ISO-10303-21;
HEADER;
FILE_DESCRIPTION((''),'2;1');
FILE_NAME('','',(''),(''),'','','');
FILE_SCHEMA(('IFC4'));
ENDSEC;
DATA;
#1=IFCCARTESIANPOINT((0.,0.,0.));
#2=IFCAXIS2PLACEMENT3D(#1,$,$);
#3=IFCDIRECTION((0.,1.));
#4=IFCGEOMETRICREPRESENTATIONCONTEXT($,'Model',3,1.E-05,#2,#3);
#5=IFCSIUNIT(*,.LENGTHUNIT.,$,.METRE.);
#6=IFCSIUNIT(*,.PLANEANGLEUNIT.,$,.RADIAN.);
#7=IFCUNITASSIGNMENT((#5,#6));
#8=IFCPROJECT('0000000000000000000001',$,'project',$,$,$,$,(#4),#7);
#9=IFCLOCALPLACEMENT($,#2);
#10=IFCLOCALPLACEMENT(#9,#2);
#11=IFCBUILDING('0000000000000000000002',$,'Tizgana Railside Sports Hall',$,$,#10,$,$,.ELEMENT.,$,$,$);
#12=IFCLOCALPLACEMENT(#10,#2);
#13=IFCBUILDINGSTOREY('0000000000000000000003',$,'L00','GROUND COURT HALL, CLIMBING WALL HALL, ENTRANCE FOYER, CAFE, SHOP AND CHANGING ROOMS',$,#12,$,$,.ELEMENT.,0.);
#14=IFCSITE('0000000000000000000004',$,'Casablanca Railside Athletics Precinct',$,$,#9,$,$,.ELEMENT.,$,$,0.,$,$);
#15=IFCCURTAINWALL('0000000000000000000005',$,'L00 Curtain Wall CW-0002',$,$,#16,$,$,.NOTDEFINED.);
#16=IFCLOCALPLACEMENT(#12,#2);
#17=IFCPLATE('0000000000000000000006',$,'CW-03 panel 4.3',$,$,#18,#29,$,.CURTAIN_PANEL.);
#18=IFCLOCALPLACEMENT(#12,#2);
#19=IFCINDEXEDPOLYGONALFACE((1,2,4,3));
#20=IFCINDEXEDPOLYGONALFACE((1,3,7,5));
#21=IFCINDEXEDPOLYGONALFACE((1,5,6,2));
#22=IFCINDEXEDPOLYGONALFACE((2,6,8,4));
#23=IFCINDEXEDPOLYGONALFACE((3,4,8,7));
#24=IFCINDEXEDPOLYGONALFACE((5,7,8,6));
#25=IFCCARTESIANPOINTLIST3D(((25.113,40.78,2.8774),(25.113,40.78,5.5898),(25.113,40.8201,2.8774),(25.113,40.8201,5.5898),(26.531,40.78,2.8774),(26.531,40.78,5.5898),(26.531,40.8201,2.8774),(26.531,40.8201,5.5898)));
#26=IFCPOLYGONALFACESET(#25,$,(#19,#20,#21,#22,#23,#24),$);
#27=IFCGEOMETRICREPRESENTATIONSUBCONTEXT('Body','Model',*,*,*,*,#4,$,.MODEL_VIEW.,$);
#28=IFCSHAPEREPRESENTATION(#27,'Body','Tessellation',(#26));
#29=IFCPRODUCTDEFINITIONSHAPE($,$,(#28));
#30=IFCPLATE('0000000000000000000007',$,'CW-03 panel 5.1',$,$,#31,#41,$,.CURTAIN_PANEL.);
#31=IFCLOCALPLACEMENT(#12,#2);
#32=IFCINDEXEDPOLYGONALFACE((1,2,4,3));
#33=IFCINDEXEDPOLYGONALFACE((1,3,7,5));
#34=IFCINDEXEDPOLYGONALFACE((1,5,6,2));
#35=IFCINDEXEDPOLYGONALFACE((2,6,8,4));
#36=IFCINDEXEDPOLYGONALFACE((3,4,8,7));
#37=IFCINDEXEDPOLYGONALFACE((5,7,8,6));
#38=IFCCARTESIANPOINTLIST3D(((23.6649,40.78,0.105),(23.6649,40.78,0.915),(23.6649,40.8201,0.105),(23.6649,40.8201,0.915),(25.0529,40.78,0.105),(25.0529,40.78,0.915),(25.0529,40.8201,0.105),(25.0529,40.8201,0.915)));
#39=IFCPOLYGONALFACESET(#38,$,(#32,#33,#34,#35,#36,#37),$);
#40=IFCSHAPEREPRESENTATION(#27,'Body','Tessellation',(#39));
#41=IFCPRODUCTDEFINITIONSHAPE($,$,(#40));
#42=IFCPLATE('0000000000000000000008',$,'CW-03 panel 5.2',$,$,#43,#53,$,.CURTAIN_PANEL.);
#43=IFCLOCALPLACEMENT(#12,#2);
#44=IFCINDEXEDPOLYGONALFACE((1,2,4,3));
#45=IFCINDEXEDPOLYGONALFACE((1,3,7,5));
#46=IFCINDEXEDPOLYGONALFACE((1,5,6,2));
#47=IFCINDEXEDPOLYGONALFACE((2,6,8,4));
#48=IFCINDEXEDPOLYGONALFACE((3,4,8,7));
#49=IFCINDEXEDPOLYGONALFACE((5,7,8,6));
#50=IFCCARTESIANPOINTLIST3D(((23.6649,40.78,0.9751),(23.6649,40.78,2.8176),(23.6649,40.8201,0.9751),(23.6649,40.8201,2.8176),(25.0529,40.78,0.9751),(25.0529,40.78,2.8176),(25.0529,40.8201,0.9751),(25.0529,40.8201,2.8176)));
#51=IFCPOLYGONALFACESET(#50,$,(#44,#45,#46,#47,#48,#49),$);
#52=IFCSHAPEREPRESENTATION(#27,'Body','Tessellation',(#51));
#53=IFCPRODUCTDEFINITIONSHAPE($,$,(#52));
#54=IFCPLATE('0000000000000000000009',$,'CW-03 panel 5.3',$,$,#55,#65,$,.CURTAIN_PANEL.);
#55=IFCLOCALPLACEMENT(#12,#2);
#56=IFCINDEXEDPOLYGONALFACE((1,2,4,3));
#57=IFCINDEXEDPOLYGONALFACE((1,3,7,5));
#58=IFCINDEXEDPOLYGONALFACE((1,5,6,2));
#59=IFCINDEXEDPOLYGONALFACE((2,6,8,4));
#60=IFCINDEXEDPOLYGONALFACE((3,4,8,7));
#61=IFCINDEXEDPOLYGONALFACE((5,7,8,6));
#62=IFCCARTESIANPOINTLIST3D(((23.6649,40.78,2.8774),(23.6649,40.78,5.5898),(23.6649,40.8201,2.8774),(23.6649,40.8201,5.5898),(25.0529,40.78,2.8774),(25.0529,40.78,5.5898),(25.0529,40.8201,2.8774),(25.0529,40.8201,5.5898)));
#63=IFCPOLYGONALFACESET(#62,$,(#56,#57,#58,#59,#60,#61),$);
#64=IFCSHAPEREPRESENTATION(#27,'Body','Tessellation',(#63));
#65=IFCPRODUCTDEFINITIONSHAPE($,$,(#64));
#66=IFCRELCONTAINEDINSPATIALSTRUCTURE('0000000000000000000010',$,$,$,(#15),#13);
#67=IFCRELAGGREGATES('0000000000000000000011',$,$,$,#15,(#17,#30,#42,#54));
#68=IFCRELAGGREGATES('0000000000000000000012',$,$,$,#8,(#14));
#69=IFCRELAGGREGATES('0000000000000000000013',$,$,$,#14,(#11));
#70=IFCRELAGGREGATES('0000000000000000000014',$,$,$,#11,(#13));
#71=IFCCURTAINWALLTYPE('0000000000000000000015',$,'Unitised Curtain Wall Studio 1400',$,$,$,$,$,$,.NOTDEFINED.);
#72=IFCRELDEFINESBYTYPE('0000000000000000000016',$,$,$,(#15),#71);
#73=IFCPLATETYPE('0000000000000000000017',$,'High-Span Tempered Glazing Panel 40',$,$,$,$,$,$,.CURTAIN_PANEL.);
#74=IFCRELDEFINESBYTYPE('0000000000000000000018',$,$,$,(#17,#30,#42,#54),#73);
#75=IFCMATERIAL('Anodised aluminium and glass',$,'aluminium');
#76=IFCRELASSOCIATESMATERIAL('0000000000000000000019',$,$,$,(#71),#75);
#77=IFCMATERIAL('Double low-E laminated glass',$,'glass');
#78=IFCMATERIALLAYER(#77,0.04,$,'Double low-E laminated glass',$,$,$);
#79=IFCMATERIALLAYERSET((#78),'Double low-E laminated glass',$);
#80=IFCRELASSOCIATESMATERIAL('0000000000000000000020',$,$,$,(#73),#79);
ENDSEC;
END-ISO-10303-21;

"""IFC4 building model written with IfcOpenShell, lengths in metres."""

from ifc_helpers import new_model, si_unit, direction, frame, origin, origin_2d, place, context, subcontext, project, spatial, rectangle, extrude, material, layer, layer_set, type_object, element, aggregate, save


model = new_model("IFC4")

# Units and contexts
model_context = context("Model", 3, precision=1e-05, world=origin(), true_north=direction((0.0, 1.0)))
body_context = subcontext(model_context, "Body", "Model", "MODEL_VIEW")
ifc_project = project(units=[si_unit("LENGTHUNIT", "METRE"), si_unit("PLANEANGLEUNIT", "RADIAN")], contexts=[model_context])

# Site, building, storey
site_placement = place(None, origin())
site = spatial("IfcSite", under=ifc_project, at=site_placement, Name="Casablanca Railside Athletics Precinct", CompositionType="ELEMENT", RefElevation=0.0)
building_placement = place(site_placement, origin())
building = spatial("IfcBuilding", under=site, at=building_placement, Name="Tizgana Railside Sports Hall", CompositionType="ELEMENT")
storey_placement = place(building_placement, origin())
storey = spatial("IfcBuildingStorey", under=building, at=storey_placement, Name="L00", Description="GROUND COURT HALL, CLIMBING WALL HALL, ENTRANCE FOYER, CAFE, SHOP AND CHANGING ROOMS", CompositionType="ELEMENT", Elevation=0.0)

# Curtain wall
ifc_material_1 = material(Name="Anodised aluminium and glass", Category="aluminium")
curtain_wall_type = type_object("IfcCurtainWallType", Name="Unitised Curtain Wall Studio 1400", PredefinedType="NOTDEFINED", material=ifc_material_1)
curtain_wall_placement = place(storey_placement, origin())
curtain_wall = element("IfcCurtainWall", 1, at=curtain_wall_placement, inside=storey, type_object=curtain_wall_type, Name="L00 Curtain Wall CW-0002", PredefinedType="NOTDEFINED")

# Plates
ifc_material_2 = material(Name="Double low-E laminated glass", Category="glass")
ifc_layer_1 = layer(ifc_material_2, 0.04, Name="Double low-E laminated glass")
ifc_layer_set_1 = layer_set([ifc_layer_1], Name="Double low-E laminated glass")
plate_type = type_object("IfcPlateType", Name="High-Span Tempered Glazing Panel 40", PredefinedType="CURTAIN_PANEL", material=ifc_layer_set_1)
plate_1_placement = place(storey_placement, frame((25.822, 40.8, 2.8774), z_axis=(0.0, 0.0, 1.0), x_axis=(-1.0, 0.0, 0.0)))
plate_1 = element("IfcPlate", 2, at=plate_1_placement, type_object=plate_type, Name="CW-03 panel 4.3", PredefinedType="CURTAIN_PANEL", context=body_context, shape_type="SweptSolid", body=[
    extrude(rectangle(XDim=1.418, YDim=0.04, at=origin_2d()), origin(), (0.0, 0.0, 1.0), 2.7124),
])
plate_2_placement = place(storey_placement, frame((24.3589, 40.8, 0.105), z_axis=(0.0, 0.0, 1.0), x_axis=(-1.0, 0.0, 0.0)))
plate_2 = element("IfcPlate", 3, at=plate_2_placement, type_object=plate_type, Name="CW-03 panel 5.1", PredefinedType="CURTAIN_PANEL", context=body_context, shape_type="SweptSolid", body=[
    extrude(rectangle(XDim=1.3879, YDim=0.04, at=origin_2d()), origin(), (0.0, 0.0, 1.0), 0.8101),
])
plate_3_placement = place(storey_placement, frame((24.3589, 40.8, 0.9751), z_axis=(0.0, 0.0, 1.0), x_axis=(-1.0, 0.0, 0.0)))
plate_3 = element("IfcPlate", 4, at=plate_3_placement, type_object=plate_type, Name="CW-03 panel 5.2", PredefinedType="CURTAIN_PANEL", context=body_context, shape_type="SweptSolid", body=[
    extrude(rectangle(XDim=1.3879, YDim=0.04, at=origin_2d()), origin(), (0.0, 0.0, 1.0), 1.8425),
])
plate_4_placement = place(storey_placement, frame((24.3589, 40.8, 2.8774), z_axis=(0.0, 0.0, 1.0), x_axis=(-1.0, 0.0, 0.0)))
plate_4 = element("IfcPlate", 5, at=plate_4_placement, type_object=plate_type, Name="CW-03 panel 5.3", PredefinedType="CURTAIN_PANEL", context=body_context, shape_type="SweptSolid", body=[
    extrude(rectangle(XDim=1.3879, YDim=0.04, at=origin_2d()), origin(), (0.0, 0.0, 1.0), 2.7124),
])
aggregate(curtain_wall, [plate_1, plate_2, plate_3, plate_4])

save(model, "model.ifc")
